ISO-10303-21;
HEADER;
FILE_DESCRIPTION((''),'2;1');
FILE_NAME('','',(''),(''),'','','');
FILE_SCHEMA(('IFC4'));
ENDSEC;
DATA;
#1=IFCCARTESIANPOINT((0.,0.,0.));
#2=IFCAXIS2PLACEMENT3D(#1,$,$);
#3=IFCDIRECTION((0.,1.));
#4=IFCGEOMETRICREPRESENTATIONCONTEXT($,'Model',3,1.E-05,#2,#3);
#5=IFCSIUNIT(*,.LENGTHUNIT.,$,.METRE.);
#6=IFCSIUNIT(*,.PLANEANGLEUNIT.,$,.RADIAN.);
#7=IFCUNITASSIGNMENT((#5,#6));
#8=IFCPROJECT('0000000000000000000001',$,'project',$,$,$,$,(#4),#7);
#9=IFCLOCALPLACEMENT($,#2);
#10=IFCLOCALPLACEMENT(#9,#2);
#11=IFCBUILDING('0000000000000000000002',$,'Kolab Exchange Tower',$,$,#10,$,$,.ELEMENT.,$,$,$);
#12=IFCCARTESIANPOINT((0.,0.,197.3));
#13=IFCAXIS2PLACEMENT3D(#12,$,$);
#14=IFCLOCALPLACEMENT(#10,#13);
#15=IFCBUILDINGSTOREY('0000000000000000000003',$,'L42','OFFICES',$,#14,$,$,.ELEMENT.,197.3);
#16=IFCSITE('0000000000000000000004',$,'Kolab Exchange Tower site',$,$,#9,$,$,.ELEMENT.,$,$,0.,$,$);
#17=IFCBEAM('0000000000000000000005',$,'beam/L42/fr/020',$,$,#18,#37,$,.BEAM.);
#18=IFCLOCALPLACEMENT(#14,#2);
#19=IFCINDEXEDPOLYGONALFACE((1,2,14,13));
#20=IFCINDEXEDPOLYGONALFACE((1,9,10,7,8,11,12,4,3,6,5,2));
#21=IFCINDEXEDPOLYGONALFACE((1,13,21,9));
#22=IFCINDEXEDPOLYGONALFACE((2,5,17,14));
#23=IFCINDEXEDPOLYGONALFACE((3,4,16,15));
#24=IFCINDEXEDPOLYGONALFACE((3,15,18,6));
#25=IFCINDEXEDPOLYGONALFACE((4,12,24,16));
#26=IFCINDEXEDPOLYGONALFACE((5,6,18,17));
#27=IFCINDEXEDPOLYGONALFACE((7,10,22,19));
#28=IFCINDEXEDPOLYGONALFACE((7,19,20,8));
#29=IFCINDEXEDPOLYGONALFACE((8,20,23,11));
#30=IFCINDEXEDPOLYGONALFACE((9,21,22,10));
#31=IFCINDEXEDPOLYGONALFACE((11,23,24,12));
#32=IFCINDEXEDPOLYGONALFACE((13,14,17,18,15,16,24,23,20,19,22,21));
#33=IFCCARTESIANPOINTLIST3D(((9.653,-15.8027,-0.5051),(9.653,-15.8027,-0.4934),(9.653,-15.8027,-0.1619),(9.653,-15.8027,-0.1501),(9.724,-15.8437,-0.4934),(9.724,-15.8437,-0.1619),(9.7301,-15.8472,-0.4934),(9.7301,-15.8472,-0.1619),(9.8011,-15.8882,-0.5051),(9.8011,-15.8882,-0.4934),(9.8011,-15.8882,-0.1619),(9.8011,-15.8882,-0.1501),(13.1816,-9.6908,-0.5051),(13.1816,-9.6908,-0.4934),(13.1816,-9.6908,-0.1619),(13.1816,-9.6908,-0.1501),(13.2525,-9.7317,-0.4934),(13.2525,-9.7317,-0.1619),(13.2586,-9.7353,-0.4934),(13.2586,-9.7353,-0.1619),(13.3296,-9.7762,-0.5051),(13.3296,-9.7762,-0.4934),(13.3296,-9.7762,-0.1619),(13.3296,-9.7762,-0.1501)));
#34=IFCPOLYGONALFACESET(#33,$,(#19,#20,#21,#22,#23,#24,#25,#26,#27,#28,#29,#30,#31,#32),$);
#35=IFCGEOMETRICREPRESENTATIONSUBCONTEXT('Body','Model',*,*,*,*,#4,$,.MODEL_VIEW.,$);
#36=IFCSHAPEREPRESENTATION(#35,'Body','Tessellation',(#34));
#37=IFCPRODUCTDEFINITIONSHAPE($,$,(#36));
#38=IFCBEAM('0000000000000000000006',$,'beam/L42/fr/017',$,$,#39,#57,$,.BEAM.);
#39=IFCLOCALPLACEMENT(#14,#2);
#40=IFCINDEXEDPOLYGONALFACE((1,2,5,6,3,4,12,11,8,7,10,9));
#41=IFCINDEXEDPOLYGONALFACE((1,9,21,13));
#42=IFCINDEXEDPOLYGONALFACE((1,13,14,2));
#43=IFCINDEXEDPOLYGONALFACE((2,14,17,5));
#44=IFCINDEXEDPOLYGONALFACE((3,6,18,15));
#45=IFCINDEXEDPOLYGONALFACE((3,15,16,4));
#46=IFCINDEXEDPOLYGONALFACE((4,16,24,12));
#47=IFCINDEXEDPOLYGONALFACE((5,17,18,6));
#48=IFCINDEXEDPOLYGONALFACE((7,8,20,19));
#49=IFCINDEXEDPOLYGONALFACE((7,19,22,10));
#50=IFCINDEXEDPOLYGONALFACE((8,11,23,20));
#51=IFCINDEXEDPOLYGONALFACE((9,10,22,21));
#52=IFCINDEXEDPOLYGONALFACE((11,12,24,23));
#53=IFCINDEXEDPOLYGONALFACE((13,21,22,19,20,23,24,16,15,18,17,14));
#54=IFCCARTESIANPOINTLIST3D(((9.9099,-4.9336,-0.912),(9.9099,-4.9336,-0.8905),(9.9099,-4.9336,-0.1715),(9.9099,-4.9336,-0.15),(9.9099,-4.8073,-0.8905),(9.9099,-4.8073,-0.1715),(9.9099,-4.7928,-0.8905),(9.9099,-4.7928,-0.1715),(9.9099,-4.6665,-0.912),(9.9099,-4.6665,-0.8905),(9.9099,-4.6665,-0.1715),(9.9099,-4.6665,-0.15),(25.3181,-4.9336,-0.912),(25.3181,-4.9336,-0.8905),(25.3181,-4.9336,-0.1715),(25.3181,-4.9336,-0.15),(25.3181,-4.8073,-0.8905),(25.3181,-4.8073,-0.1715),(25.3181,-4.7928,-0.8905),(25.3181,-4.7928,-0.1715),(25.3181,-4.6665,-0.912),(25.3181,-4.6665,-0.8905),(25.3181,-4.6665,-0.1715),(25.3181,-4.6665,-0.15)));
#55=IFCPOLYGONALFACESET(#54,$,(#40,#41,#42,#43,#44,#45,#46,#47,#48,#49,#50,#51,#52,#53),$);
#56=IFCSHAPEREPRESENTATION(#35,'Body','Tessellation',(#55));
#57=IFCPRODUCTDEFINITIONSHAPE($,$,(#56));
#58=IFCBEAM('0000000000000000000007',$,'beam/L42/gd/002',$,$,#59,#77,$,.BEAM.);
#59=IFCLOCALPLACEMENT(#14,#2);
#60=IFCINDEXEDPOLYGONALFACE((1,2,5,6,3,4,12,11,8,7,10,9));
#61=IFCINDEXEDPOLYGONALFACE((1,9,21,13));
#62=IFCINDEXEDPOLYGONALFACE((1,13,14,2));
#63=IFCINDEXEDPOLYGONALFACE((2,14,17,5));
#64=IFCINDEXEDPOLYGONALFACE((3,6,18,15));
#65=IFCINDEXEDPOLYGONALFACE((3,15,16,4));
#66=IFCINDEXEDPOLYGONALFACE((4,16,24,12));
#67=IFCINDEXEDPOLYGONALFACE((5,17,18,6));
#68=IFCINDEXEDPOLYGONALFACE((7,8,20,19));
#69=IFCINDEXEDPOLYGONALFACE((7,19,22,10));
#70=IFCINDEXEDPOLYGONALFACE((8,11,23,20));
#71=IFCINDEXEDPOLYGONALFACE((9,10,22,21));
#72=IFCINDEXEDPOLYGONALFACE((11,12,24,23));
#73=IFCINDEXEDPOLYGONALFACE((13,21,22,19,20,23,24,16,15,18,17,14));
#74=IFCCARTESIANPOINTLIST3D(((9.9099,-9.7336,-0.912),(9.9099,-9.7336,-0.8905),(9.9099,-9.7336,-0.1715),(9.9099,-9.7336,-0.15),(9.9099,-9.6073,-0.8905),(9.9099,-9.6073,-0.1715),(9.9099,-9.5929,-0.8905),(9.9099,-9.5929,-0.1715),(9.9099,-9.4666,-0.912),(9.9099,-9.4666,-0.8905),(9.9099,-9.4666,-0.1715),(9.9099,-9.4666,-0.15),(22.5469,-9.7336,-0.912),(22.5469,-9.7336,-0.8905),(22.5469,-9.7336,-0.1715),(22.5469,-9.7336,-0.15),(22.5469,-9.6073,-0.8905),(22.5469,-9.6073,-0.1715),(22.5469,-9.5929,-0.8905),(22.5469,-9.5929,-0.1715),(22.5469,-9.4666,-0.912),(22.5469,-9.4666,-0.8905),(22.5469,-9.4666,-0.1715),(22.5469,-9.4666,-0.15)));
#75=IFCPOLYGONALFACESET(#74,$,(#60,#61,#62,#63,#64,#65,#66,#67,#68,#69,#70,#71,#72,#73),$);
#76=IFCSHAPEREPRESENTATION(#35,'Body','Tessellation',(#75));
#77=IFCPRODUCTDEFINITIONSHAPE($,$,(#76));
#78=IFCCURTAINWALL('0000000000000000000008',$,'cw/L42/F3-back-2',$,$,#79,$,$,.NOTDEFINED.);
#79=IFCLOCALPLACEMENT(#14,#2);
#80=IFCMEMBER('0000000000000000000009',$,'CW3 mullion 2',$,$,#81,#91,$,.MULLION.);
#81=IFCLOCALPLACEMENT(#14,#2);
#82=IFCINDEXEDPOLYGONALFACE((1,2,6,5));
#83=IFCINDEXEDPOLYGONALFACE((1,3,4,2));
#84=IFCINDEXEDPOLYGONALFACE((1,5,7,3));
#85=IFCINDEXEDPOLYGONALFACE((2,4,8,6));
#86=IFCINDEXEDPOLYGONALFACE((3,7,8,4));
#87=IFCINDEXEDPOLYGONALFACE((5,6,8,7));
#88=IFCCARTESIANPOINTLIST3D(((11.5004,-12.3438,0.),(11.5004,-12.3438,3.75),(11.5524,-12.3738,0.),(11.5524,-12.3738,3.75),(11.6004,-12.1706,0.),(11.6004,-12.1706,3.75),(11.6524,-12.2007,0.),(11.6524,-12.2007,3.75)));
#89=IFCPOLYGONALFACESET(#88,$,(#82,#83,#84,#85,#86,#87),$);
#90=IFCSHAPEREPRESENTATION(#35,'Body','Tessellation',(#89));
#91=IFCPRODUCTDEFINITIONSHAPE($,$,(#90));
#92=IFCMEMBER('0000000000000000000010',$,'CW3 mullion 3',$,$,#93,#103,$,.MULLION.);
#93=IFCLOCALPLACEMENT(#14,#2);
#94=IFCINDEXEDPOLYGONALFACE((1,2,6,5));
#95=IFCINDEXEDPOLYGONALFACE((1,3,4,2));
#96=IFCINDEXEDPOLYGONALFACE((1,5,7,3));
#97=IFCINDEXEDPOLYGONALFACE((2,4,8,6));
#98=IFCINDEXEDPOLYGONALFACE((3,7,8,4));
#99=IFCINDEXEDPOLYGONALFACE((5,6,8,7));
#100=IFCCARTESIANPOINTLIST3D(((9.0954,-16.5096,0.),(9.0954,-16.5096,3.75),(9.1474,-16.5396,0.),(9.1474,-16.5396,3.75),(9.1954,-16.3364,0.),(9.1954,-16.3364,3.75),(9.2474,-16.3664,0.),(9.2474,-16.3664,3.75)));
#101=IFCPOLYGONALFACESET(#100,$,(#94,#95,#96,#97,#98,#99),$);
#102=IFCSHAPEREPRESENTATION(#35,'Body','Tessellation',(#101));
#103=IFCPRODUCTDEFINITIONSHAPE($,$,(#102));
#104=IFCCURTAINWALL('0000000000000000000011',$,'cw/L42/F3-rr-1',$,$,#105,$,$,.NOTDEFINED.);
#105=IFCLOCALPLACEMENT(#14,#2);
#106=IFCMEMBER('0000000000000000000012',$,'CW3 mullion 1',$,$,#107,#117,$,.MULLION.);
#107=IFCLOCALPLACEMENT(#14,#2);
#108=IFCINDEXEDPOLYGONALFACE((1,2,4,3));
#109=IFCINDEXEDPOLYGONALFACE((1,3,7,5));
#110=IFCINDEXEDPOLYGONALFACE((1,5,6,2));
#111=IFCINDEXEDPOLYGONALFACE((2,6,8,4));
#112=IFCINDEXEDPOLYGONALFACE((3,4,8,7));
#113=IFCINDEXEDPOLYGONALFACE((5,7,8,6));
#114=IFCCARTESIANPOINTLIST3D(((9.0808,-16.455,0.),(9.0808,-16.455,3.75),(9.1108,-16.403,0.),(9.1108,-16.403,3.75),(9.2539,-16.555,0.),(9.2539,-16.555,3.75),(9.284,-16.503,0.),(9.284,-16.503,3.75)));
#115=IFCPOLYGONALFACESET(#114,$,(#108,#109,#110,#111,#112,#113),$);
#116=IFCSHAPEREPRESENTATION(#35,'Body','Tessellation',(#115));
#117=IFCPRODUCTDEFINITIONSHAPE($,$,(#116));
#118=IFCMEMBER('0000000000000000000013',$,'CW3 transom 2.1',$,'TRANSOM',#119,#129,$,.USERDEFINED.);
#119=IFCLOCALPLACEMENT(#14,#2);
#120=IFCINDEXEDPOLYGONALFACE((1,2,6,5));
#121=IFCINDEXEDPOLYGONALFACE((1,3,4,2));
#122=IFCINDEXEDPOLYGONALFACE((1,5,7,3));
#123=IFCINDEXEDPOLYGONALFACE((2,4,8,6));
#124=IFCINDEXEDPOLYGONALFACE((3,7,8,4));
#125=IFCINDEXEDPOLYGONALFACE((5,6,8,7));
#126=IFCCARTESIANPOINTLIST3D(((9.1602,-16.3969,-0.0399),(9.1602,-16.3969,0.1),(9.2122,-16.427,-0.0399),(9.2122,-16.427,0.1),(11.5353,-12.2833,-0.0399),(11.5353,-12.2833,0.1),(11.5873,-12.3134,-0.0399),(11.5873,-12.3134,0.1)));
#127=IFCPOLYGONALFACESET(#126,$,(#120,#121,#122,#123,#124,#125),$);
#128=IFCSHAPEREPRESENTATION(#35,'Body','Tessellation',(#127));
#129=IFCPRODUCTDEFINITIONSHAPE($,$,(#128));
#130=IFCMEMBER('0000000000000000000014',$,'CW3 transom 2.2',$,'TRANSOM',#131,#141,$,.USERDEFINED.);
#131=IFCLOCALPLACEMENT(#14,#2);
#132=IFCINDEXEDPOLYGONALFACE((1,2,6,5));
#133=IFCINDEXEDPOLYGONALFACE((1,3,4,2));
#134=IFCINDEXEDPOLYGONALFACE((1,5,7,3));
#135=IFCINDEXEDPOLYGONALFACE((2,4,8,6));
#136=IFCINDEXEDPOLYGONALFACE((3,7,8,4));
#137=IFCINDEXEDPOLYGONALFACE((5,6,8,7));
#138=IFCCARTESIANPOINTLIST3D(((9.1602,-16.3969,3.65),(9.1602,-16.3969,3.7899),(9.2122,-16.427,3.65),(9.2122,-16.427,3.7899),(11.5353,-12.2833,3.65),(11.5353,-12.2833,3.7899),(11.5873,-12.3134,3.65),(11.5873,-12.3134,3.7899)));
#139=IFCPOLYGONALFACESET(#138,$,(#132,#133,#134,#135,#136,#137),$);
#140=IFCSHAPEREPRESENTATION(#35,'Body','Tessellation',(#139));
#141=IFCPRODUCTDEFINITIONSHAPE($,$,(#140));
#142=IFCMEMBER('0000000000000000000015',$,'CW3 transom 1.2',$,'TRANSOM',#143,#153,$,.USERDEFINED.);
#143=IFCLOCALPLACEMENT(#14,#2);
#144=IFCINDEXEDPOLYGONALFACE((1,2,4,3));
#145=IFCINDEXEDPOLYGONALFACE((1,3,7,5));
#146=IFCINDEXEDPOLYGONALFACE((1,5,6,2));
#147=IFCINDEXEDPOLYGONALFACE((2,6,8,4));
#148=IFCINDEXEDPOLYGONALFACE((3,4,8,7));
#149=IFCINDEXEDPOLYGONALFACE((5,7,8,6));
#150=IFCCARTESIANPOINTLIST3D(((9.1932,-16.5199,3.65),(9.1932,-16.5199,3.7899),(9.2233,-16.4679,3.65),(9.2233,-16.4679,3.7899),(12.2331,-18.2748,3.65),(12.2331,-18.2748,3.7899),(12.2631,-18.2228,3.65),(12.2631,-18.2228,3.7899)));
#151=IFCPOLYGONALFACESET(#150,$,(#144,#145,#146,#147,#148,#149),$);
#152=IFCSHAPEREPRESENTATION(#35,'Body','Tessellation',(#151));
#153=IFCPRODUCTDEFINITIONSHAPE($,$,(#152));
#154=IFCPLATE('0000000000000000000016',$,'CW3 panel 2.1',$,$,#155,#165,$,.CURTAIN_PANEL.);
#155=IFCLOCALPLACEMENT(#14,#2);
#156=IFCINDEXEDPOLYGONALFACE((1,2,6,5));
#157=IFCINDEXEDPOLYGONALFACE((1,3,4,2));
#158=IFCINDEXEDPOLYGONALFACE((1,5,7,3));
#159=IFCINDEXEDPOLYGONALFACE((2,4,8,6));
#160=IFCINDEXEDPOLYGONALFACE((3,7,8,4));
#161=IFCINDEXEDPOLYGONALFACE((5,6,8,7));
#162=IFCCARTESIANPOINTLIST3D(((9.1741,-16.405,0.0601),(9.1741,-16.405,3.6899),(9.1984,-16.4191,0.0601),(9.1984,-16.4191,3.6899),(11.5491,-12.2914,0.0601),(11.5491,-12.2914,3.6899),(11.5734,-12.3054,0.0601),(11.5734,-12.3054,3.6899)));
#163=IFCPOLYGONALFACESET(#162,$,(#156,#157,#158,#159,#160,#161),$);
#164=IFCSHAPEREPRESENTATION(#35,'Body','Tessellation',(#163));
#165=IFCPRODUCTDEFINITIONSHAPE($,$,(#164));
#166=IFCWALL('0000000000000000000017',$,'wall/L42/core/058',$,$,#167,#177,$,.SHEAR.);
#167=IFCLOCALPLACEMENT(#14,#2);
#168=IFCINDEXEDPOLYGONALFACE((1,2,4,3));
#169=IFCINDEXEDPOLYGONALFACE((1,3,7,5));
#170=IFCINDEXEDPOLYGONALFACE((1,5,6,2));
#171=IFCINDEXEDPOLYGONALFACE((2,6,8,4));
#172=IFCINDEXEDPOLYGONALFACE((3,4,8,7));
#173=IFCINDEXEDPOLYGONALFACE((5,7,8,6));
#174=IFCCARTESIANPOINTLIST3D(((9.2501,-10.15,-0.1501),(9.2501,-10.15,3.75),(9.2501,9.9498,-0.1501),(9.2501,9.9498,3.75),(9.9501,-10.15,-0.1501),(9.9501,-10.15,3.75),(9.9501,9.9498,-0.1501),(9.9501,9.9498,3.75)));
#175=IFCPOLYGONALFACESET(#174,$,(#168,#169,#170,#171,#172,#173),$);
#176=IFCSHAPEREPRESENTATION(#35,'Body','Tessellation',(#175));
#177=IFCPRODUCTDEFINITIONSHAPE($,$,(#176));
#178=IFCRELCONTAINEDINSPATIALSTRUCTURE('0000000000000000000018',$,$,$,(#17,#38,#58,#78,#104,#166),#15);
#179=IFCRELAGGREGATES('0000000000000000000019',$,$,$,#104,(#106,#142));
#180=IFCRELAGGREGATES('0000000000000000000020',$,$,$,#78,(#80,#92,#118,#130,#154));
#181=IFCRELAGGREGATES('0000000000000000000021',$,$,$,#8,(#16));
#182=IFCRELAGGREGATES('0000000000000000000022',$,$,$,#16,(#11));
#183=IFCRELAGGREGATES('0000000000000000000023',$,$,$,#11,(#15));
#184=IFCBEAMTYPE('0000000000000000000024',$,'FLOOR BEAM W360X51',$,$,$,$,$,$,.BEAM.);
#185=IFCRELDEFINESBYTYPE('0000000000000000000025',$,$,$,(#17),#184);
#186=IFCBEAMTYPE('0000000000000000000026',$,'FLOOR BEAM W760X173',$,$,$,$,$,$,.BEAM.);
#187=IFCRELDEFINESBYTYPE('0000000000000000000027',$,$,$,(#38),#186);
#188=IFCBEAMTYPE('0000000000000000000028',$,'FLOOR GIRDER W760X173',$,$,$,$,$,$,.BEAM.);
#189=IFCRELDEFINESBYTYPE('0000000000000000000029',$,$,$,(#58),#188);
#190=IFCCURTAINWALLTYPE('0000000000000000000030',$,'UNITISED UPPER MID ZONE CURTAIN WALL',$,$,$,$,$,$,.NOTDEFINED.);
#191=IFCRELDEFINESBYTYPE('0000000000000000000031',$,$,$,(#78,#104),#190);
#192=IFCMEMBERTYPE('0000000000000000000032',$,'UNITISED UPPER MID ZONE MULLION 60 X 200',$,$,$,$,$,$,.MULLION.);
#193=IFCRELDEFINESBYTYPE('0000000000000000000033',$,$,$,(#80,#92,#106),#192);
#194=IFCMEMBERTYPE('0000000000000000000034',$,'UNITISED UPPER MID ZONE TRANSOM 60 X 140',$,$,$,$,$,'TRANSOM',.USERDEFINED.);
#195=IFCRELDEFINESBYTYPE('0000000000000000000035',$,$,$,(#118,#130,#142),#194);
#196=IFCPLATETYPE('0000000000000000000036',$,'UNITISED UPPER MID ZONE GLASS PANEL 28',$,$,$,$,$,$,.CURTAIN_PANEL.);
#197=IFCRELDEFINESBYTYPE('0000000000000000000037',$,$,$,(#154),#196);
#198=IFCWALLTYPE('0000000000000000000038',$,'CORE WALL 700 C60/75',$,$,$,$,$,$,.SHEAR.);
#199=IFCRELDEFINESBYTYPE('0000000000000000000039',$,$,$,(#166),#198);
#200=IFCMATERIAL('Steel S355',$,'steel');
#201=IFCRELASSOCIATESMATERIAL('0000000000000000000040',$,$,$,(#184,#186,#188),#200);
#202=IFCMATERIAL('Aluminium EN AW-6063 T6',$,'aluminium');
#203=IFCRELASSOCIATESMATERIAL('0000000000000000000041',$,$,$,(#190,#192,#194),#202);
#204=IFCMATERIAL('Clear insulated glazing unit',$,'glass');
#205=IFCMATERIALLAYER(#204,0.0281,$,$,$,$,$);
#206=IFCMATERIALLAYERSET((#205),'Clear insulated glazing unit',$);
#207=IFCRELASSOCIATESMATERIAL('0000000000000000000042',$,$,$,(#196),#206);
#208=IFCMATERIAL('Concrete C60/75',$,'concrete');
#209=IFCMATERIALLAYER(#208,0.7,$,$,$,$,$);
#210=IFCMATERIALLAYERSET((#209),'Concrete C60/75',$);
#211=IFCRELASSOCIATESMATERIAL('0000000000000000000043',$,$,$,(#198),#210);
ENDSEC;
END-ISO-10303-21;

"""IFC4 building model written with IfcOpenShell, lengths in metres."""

from ifc_helpers import new_model, si_unit, direction, frame, frame_2d, origin, origin_2d, place, context, subcontext, project, spatial, rectangle, i_section, extrude, material, layer, layer_set, material_profile, profile_set, type_object, element, aggregate, save


model = new_model("IFC4")

# Units and contexts
model_context = context("Model", 3, precision=1e-05, world=origin(), true_north=direction((0.0, 1.0)))
body_context = subcontext(model_context, "Body", "Model", "MODEL_VIEW")
ifc_project = project(units=[si_unit("LENGTHUNIT", "METRE"), si_unit("PLANEANGLEUNIT", "RADIAN")], contexts=[model_context])

# Site, building, storey
site_placement = place(None, origin())
site = spatial("IfcSite", under=ifc_project, at=site_placement, Name="Kolab Exchange Tower site", CompositionType="ELEMENT", RefElevation=0.0)
building_placement = place(site_placement, origin())
building = spatial("IfcBuilding", under=site, at=building_placement, Name="Kolab Exchange Tower", CompositionType="ELEMENT")
storey_placement = place(building_placement, frame((0.0, 0.0, 197.3)))
storey = spatial("IfcBuildingStorey", under=building, at=storey_placement, Name="L42", Description="OFFICES", CompositionType="ELEMENT", Elevation=197.3)

# Beams
ifc_material_1 = material(Name="Steel S355", Category="steel")
ifc_material_profile_1 = material_profile(ifc_material_1, i_section(OverallWidth=0.1709, OverallDepth=0.355, WebThickness=0.0071, FlangeThickness=0.0117, at=origin_2d()), Name="W360X51")
ifc_profile_set_1 = profile_set([ifc_material_profile_1], Name="Steel S355")
beam_type_1 = type_object("IfcBeamType", Name="FLOOR BEAM W360X51", PredefinedType="BEAM", material=ifc_profile_set_1)
beam_1_placement = place(storey_placement, frame((9.7271, -15.8455, -0.3276), z_axis=(0.499975, 0.86604, 0.0), x_axis=(-0.86604, 0.499975, 0.0)))
element("IfcBeam", 1, at=beam_1_placement, inside=storey, type_object=beam_type_1, Name="beam/L42/fr/020", PredefinedType="BEAM", context=body_context, shape_type="SweptSolid", body=[
    extrude(i_section(OverallWidth=0.1709, OverallDepth=0.355, WebThickness=0.0071, FlangeThickness=0.0117, at=origin_2d()), origin(), (0.0, 0.0, 1.0), 7.0574),
])
ifc_material_profile_2 = material_profile(ifc_material_1, i_section(OverallWidth=0.2671, OverallDepth=0.762, WebThickness=0.0144, FlangeThickness=0.0215, at=origin_2d()), Name="W760X173")
ifc_profile_set_2 = profile_set([ifc_material_profile_2], Name="Steel S355")
beam_type_2 = type_object("IfcBeamType", Name="FLOOR BEAM W760X173", PredefinedType="BEAM", material=ifc_profile_set_2)
beam_2_placement = place(storey_placement, frame((9.9099, -4.8, -0.531), z_axis=(1.0, 0.0, 0.0), x_axis=(0.0, 1.0, 0.0)))
element("IfcBeam", 2, at=beam_2_placement, inside=storey, type_object=beam_type_2, Name="beam/L42/fr/017", PredefinedType="BEAM", context=body_context, shape_type="SweptSolid", body=[
    extrude(i_section(OverallWidth=0.2671, OverallDepth=0.762, WebThickness=0.0144, FlangeThickness=0.0215, at=origin_2d()), origin(), (0.0, 0.0, 1.0), 15.4082),
])
ifc_material_profile_3 = material_profile(ifc_material_1, i_section(OverallWidth=0.2671, OverallDepth=0.762, WebThickness=0.0144, FlangeThickness=0.0215, at=origin_2d()), Name="W760X173")
ifc_profile_set_3 = profile_set([ifc_material_profile_3], Name="Steel S355")
beam_type_3 = type_object("IfcBeamType", Name="FLOOR GIRDER W760X173", PredefinedType="BEAM", material=ifc_profile_set_3)
beam_3_placement = place(storey_placement, frame((9.9099, -9.6001, -0.531), z_axis=(1.0, 0.0, 0.0), x_axis=(0.0, 1.0, 0.0)))
element("IfcBeam", 3, at=beam_3_placement, inside=storey, type_object=beam_type_3, Name="beam/L42/gd/002", PredefinedType="BEAM", context=body_context, shape_type="SweptSolid", body=[
    extrude(i_section(OverallWidth=0.2671, OverallDepth=0.762, WebThickness=0.0144, FlangeThickness=0.0215, at=origin_2d()), origin(), (0.0, 0.0, 1.0), 12.637),
])

# Curtain wall, members
ifc_material_2 = material(Name="Aluminium EN AW-6063 T6", Category="aluminium")
curtain_wall_type = type_object("IfcCurtainWallType", Name="UNITISED UPPER MID ZONE CURTAIN WALL", PredefinedType="NOTDEFINED", material=ifc_material_2)
curtain_wall_1_placement = place(storey_placement, origin())
curtain_wall_1 = element("IfcCurtainWall", 4, at=curtain_wall_1_placement, inside=storey, type_object=curtain_wall_type, Name="cw/L42/F3-back-2", PredefinedType="NOTDEFINED")
ifc_material_profile_4 = material_profile(ifc_material_2, rectangle(XDim=0.0601, YDim=0.2, at=origin_2d()), Name="RECT 60X200")
ifc_profile_set_4 = profile_set([ifc_material_profile_4], Name="Aluminium EN AW-6063 T6")
member_type_1 = type_object("IfcMemberType", Name="UNITISED UPPER MID ZONE MULLION 60 X 200", PredefinedType="MULLION", material=ifc_profile_set_4)
member_1_placement = place(storey_placement, frame((11.5764, -12.2722, 0.0), z_axis=(0.0, 0.0, 1.0), x_axis=(0.866025, -0.5, 0.0)))
member_1 = element("IfcMember", 5, at=member_1_placement, type_object=member_type_1, Name="CW3 mullion 2", PredefinedType="MULLION", context=body_context, shape_type="SweptSolid", body=[
    extrude(rectangle(XDim=0.0601, YDim=0.2, at=origin_2d()), origin(), (0.0, 0.0, 1.0), 3.75),
])
member_2_placement = place(storey_placement, frame((9.1714, -16.438, 0.0), z_axis=(0.0, 0.0, 1.0), x_axis=(0.866025, -0.5, 0.0)))
member_2 = element("IfcMember", 6, at=member_2_placement, type_object=member_type_1, Name="CW3 mullion 3", PredefinedType="MULLION", context=body_context, shape_type="SweptSolid", body=[
    extrude(rectangle(XDim=0.0601, YDim=0.2, at=origin_2d()), origin(), (0.0, 0.0, 1.0), 3.75),
])

# Curtain wall, member
curtain_wall_2_placement = place(storey_placement, origin())
curtain_wall_2 = element("IfcCurtainWall", 7, at=curtain_wall_2_placement, inside=storey, type_object=curtain_wall_type, Name="cw/L42/F3-rr-1", PredefinedType="NOTDEFINED")
member_3_placement = place(storey_placement, frame((9.1824, -16.479, 0.0), z_axis=(0.0, 0.0, 1.0), x_axis=(0.5, 0.866025, 0.0)))
member_3 = element("IfcMember", 8, at=member_3_placement, type_object=member_type_1, Name="CW3 mullion 1", PredefinedType="MULLION", context=body_context, shape_type="SweptSolid", body=[
    extrude(rectangle(XDim=0.0601, YDim=0.2, at=origin_2d()), origin(), (0.0, 0.0, 1.0), 3.75),
])

# Members
ifc_material_profile_5 = material_profile(ifc_material_2, rectangle(XDim=0.0601, YDim=0.1399, at=origin_2d()), Name="RECT 60X140")
ifc_profile_set_5 = profile_set([ifc_material_profile_5], Name="Aluminium EN AW-6063 T6")
member_type_2 = type_object("IfcMemberType", Name="UNITISED UPPER MID ZONE TRANSOM 60 X 140", ElementType="TRANSOM", PredefinedType="USERDEFINED", material=ifc_profile_set_5)
member_4_placement = place(storey_placement, frame((11.5613, -12.2983, 0.03), z_axis=(-0.500009, -0.86602, 0.0), x_axis=(0.86602, -0.500009, 0.0)))
member_4 = element("IfcMember", 9, at=member_4_placement, type_object=member_type_2, Name="CW3 transom 2.1", ObjectType="TRANSOM", PredefinedType="USERDEFINED", context=body_context, shape_type="SweptSolid", body=[
    extrude(rectangle(XDim=0.0601, YDim=0.1399, at=origin_2d()), origin(), (0.0, 0.0, 1.0), 4.75),
])
member_5_placement = place(storey_placement, frame((11.5613, -12.2983, 3.72), z_axis=(-0.500009, -0.86602, 0.0), x_axis=(0.86602, -0.500009, 0.0)))
member_5 = element("IfcMember", 10, at=member_5_placement, type_object=member_type_2, Name="CW3 transom 2.2", ObjectType="TRANSOM", PredefinedType="USERDEFINED", context=body_context, shape_type="SweptSolid", body=[
    extrude(rectangle(XDim=0.0601, YDim=0.1399, at=origin_2d()), origin(), (0.0, 0.0, 1.0), 4.75),
])
member_6_placement = place(storey_placement, frame((9.2083, -16.4939, 3.72), z_axis=(0.866043, -0.499969, 0.0), x_axis=(0.499969, 0.866043, 0.0)))
member_6 = element("IfcMember", 11, at=member_6_placement, type_object=member_type_2, Name="CW3 transom 1.2", ObjectType="TRANSOM", PredefinedType="USERDEFINED", context=body_context, shape_type="SweptSolid", body=[
    extrude(rectangle(XDim=0.0601, YDim=0.1399, at=origin_2d()), origin(), (0.0, 0.0, 1.0), 3.51),
])
aggregate(curtain_wall_2, [member_3, member_6])

# Plate
ifc_material_3 = material(Name="Clear insulated glazing unit", Category="glass")
ifc_layer_1 = layer(ifc_material_3, 0.0281)
ifc_layer_set_1 = layer_set([ifc_layer_1], Name="Clear insulated glazing unit")
plate_type = type_object("IfcPlateType", Name="UNITISED UPPER MID ZONE GLASS PANEL 28", PredefinedType="CURTAIN_PANEL", material=ifc_layer_set_1)
plate_placement = place(storey_placement, frame((10.3738, -14.3552, 0.0601), z_axis=(0.0, 0.0, 1.0), x_axis=(-0.5, -0.866025, 0.0)))
plate = element("IfcPlate", 12, at=plate_placement, type_object=plate_type, Name="CW3 panel 2.1", PredefinedType="CURTAIN_PANEL", context=body_context, shape_type="SweptSolid", body=[
    extrude(rectangle(XDim=4.75, YDim=0.0281, at=origin_2d()), origin(), (0.0, 0.0, 1.0), 3.6299),
])
aggregate(curtain_wall_1, [member_1, member_2, member_4, member_5, plate])

# Wall
ifc_material_4 = material(Name="Concrete C60/75", Category="concrete")
ifc_layer_2 = layer(ifc_material_4, 0.7)
ifc_layer_set_2 = layer_set([ifc_layer_2], Name="Concrete C60/75")
wall_type_1 = type_object("IfcWallType", Name="CORE WALL 700 C60/75", PredefinedType="SHEAR", material=ifc_layer_set_2)
wall_1_placement = place(storey_placement, frame((9.6001, -10.1499, -0.1501), z_axis=(0.0, 0.0, 1.0), x_axis=(0.0, 1.0, 0.0)))
element("IfcWall", 13, at=wall_1_placement, inside=storey, type_object=wall_type_1, Name="wall/L42/core/058", PredefinedType="SHEAR", context=body_context, shape_type="SweptSolid", body=[
    extrude(rectangle(XDim=20.0999, YDim=0.7, at=frame_2d((10.0498, 0.0))), origin(), (0.0, 0.0, 1.0), 3.9001),
])

save(model, "model.ifc")
